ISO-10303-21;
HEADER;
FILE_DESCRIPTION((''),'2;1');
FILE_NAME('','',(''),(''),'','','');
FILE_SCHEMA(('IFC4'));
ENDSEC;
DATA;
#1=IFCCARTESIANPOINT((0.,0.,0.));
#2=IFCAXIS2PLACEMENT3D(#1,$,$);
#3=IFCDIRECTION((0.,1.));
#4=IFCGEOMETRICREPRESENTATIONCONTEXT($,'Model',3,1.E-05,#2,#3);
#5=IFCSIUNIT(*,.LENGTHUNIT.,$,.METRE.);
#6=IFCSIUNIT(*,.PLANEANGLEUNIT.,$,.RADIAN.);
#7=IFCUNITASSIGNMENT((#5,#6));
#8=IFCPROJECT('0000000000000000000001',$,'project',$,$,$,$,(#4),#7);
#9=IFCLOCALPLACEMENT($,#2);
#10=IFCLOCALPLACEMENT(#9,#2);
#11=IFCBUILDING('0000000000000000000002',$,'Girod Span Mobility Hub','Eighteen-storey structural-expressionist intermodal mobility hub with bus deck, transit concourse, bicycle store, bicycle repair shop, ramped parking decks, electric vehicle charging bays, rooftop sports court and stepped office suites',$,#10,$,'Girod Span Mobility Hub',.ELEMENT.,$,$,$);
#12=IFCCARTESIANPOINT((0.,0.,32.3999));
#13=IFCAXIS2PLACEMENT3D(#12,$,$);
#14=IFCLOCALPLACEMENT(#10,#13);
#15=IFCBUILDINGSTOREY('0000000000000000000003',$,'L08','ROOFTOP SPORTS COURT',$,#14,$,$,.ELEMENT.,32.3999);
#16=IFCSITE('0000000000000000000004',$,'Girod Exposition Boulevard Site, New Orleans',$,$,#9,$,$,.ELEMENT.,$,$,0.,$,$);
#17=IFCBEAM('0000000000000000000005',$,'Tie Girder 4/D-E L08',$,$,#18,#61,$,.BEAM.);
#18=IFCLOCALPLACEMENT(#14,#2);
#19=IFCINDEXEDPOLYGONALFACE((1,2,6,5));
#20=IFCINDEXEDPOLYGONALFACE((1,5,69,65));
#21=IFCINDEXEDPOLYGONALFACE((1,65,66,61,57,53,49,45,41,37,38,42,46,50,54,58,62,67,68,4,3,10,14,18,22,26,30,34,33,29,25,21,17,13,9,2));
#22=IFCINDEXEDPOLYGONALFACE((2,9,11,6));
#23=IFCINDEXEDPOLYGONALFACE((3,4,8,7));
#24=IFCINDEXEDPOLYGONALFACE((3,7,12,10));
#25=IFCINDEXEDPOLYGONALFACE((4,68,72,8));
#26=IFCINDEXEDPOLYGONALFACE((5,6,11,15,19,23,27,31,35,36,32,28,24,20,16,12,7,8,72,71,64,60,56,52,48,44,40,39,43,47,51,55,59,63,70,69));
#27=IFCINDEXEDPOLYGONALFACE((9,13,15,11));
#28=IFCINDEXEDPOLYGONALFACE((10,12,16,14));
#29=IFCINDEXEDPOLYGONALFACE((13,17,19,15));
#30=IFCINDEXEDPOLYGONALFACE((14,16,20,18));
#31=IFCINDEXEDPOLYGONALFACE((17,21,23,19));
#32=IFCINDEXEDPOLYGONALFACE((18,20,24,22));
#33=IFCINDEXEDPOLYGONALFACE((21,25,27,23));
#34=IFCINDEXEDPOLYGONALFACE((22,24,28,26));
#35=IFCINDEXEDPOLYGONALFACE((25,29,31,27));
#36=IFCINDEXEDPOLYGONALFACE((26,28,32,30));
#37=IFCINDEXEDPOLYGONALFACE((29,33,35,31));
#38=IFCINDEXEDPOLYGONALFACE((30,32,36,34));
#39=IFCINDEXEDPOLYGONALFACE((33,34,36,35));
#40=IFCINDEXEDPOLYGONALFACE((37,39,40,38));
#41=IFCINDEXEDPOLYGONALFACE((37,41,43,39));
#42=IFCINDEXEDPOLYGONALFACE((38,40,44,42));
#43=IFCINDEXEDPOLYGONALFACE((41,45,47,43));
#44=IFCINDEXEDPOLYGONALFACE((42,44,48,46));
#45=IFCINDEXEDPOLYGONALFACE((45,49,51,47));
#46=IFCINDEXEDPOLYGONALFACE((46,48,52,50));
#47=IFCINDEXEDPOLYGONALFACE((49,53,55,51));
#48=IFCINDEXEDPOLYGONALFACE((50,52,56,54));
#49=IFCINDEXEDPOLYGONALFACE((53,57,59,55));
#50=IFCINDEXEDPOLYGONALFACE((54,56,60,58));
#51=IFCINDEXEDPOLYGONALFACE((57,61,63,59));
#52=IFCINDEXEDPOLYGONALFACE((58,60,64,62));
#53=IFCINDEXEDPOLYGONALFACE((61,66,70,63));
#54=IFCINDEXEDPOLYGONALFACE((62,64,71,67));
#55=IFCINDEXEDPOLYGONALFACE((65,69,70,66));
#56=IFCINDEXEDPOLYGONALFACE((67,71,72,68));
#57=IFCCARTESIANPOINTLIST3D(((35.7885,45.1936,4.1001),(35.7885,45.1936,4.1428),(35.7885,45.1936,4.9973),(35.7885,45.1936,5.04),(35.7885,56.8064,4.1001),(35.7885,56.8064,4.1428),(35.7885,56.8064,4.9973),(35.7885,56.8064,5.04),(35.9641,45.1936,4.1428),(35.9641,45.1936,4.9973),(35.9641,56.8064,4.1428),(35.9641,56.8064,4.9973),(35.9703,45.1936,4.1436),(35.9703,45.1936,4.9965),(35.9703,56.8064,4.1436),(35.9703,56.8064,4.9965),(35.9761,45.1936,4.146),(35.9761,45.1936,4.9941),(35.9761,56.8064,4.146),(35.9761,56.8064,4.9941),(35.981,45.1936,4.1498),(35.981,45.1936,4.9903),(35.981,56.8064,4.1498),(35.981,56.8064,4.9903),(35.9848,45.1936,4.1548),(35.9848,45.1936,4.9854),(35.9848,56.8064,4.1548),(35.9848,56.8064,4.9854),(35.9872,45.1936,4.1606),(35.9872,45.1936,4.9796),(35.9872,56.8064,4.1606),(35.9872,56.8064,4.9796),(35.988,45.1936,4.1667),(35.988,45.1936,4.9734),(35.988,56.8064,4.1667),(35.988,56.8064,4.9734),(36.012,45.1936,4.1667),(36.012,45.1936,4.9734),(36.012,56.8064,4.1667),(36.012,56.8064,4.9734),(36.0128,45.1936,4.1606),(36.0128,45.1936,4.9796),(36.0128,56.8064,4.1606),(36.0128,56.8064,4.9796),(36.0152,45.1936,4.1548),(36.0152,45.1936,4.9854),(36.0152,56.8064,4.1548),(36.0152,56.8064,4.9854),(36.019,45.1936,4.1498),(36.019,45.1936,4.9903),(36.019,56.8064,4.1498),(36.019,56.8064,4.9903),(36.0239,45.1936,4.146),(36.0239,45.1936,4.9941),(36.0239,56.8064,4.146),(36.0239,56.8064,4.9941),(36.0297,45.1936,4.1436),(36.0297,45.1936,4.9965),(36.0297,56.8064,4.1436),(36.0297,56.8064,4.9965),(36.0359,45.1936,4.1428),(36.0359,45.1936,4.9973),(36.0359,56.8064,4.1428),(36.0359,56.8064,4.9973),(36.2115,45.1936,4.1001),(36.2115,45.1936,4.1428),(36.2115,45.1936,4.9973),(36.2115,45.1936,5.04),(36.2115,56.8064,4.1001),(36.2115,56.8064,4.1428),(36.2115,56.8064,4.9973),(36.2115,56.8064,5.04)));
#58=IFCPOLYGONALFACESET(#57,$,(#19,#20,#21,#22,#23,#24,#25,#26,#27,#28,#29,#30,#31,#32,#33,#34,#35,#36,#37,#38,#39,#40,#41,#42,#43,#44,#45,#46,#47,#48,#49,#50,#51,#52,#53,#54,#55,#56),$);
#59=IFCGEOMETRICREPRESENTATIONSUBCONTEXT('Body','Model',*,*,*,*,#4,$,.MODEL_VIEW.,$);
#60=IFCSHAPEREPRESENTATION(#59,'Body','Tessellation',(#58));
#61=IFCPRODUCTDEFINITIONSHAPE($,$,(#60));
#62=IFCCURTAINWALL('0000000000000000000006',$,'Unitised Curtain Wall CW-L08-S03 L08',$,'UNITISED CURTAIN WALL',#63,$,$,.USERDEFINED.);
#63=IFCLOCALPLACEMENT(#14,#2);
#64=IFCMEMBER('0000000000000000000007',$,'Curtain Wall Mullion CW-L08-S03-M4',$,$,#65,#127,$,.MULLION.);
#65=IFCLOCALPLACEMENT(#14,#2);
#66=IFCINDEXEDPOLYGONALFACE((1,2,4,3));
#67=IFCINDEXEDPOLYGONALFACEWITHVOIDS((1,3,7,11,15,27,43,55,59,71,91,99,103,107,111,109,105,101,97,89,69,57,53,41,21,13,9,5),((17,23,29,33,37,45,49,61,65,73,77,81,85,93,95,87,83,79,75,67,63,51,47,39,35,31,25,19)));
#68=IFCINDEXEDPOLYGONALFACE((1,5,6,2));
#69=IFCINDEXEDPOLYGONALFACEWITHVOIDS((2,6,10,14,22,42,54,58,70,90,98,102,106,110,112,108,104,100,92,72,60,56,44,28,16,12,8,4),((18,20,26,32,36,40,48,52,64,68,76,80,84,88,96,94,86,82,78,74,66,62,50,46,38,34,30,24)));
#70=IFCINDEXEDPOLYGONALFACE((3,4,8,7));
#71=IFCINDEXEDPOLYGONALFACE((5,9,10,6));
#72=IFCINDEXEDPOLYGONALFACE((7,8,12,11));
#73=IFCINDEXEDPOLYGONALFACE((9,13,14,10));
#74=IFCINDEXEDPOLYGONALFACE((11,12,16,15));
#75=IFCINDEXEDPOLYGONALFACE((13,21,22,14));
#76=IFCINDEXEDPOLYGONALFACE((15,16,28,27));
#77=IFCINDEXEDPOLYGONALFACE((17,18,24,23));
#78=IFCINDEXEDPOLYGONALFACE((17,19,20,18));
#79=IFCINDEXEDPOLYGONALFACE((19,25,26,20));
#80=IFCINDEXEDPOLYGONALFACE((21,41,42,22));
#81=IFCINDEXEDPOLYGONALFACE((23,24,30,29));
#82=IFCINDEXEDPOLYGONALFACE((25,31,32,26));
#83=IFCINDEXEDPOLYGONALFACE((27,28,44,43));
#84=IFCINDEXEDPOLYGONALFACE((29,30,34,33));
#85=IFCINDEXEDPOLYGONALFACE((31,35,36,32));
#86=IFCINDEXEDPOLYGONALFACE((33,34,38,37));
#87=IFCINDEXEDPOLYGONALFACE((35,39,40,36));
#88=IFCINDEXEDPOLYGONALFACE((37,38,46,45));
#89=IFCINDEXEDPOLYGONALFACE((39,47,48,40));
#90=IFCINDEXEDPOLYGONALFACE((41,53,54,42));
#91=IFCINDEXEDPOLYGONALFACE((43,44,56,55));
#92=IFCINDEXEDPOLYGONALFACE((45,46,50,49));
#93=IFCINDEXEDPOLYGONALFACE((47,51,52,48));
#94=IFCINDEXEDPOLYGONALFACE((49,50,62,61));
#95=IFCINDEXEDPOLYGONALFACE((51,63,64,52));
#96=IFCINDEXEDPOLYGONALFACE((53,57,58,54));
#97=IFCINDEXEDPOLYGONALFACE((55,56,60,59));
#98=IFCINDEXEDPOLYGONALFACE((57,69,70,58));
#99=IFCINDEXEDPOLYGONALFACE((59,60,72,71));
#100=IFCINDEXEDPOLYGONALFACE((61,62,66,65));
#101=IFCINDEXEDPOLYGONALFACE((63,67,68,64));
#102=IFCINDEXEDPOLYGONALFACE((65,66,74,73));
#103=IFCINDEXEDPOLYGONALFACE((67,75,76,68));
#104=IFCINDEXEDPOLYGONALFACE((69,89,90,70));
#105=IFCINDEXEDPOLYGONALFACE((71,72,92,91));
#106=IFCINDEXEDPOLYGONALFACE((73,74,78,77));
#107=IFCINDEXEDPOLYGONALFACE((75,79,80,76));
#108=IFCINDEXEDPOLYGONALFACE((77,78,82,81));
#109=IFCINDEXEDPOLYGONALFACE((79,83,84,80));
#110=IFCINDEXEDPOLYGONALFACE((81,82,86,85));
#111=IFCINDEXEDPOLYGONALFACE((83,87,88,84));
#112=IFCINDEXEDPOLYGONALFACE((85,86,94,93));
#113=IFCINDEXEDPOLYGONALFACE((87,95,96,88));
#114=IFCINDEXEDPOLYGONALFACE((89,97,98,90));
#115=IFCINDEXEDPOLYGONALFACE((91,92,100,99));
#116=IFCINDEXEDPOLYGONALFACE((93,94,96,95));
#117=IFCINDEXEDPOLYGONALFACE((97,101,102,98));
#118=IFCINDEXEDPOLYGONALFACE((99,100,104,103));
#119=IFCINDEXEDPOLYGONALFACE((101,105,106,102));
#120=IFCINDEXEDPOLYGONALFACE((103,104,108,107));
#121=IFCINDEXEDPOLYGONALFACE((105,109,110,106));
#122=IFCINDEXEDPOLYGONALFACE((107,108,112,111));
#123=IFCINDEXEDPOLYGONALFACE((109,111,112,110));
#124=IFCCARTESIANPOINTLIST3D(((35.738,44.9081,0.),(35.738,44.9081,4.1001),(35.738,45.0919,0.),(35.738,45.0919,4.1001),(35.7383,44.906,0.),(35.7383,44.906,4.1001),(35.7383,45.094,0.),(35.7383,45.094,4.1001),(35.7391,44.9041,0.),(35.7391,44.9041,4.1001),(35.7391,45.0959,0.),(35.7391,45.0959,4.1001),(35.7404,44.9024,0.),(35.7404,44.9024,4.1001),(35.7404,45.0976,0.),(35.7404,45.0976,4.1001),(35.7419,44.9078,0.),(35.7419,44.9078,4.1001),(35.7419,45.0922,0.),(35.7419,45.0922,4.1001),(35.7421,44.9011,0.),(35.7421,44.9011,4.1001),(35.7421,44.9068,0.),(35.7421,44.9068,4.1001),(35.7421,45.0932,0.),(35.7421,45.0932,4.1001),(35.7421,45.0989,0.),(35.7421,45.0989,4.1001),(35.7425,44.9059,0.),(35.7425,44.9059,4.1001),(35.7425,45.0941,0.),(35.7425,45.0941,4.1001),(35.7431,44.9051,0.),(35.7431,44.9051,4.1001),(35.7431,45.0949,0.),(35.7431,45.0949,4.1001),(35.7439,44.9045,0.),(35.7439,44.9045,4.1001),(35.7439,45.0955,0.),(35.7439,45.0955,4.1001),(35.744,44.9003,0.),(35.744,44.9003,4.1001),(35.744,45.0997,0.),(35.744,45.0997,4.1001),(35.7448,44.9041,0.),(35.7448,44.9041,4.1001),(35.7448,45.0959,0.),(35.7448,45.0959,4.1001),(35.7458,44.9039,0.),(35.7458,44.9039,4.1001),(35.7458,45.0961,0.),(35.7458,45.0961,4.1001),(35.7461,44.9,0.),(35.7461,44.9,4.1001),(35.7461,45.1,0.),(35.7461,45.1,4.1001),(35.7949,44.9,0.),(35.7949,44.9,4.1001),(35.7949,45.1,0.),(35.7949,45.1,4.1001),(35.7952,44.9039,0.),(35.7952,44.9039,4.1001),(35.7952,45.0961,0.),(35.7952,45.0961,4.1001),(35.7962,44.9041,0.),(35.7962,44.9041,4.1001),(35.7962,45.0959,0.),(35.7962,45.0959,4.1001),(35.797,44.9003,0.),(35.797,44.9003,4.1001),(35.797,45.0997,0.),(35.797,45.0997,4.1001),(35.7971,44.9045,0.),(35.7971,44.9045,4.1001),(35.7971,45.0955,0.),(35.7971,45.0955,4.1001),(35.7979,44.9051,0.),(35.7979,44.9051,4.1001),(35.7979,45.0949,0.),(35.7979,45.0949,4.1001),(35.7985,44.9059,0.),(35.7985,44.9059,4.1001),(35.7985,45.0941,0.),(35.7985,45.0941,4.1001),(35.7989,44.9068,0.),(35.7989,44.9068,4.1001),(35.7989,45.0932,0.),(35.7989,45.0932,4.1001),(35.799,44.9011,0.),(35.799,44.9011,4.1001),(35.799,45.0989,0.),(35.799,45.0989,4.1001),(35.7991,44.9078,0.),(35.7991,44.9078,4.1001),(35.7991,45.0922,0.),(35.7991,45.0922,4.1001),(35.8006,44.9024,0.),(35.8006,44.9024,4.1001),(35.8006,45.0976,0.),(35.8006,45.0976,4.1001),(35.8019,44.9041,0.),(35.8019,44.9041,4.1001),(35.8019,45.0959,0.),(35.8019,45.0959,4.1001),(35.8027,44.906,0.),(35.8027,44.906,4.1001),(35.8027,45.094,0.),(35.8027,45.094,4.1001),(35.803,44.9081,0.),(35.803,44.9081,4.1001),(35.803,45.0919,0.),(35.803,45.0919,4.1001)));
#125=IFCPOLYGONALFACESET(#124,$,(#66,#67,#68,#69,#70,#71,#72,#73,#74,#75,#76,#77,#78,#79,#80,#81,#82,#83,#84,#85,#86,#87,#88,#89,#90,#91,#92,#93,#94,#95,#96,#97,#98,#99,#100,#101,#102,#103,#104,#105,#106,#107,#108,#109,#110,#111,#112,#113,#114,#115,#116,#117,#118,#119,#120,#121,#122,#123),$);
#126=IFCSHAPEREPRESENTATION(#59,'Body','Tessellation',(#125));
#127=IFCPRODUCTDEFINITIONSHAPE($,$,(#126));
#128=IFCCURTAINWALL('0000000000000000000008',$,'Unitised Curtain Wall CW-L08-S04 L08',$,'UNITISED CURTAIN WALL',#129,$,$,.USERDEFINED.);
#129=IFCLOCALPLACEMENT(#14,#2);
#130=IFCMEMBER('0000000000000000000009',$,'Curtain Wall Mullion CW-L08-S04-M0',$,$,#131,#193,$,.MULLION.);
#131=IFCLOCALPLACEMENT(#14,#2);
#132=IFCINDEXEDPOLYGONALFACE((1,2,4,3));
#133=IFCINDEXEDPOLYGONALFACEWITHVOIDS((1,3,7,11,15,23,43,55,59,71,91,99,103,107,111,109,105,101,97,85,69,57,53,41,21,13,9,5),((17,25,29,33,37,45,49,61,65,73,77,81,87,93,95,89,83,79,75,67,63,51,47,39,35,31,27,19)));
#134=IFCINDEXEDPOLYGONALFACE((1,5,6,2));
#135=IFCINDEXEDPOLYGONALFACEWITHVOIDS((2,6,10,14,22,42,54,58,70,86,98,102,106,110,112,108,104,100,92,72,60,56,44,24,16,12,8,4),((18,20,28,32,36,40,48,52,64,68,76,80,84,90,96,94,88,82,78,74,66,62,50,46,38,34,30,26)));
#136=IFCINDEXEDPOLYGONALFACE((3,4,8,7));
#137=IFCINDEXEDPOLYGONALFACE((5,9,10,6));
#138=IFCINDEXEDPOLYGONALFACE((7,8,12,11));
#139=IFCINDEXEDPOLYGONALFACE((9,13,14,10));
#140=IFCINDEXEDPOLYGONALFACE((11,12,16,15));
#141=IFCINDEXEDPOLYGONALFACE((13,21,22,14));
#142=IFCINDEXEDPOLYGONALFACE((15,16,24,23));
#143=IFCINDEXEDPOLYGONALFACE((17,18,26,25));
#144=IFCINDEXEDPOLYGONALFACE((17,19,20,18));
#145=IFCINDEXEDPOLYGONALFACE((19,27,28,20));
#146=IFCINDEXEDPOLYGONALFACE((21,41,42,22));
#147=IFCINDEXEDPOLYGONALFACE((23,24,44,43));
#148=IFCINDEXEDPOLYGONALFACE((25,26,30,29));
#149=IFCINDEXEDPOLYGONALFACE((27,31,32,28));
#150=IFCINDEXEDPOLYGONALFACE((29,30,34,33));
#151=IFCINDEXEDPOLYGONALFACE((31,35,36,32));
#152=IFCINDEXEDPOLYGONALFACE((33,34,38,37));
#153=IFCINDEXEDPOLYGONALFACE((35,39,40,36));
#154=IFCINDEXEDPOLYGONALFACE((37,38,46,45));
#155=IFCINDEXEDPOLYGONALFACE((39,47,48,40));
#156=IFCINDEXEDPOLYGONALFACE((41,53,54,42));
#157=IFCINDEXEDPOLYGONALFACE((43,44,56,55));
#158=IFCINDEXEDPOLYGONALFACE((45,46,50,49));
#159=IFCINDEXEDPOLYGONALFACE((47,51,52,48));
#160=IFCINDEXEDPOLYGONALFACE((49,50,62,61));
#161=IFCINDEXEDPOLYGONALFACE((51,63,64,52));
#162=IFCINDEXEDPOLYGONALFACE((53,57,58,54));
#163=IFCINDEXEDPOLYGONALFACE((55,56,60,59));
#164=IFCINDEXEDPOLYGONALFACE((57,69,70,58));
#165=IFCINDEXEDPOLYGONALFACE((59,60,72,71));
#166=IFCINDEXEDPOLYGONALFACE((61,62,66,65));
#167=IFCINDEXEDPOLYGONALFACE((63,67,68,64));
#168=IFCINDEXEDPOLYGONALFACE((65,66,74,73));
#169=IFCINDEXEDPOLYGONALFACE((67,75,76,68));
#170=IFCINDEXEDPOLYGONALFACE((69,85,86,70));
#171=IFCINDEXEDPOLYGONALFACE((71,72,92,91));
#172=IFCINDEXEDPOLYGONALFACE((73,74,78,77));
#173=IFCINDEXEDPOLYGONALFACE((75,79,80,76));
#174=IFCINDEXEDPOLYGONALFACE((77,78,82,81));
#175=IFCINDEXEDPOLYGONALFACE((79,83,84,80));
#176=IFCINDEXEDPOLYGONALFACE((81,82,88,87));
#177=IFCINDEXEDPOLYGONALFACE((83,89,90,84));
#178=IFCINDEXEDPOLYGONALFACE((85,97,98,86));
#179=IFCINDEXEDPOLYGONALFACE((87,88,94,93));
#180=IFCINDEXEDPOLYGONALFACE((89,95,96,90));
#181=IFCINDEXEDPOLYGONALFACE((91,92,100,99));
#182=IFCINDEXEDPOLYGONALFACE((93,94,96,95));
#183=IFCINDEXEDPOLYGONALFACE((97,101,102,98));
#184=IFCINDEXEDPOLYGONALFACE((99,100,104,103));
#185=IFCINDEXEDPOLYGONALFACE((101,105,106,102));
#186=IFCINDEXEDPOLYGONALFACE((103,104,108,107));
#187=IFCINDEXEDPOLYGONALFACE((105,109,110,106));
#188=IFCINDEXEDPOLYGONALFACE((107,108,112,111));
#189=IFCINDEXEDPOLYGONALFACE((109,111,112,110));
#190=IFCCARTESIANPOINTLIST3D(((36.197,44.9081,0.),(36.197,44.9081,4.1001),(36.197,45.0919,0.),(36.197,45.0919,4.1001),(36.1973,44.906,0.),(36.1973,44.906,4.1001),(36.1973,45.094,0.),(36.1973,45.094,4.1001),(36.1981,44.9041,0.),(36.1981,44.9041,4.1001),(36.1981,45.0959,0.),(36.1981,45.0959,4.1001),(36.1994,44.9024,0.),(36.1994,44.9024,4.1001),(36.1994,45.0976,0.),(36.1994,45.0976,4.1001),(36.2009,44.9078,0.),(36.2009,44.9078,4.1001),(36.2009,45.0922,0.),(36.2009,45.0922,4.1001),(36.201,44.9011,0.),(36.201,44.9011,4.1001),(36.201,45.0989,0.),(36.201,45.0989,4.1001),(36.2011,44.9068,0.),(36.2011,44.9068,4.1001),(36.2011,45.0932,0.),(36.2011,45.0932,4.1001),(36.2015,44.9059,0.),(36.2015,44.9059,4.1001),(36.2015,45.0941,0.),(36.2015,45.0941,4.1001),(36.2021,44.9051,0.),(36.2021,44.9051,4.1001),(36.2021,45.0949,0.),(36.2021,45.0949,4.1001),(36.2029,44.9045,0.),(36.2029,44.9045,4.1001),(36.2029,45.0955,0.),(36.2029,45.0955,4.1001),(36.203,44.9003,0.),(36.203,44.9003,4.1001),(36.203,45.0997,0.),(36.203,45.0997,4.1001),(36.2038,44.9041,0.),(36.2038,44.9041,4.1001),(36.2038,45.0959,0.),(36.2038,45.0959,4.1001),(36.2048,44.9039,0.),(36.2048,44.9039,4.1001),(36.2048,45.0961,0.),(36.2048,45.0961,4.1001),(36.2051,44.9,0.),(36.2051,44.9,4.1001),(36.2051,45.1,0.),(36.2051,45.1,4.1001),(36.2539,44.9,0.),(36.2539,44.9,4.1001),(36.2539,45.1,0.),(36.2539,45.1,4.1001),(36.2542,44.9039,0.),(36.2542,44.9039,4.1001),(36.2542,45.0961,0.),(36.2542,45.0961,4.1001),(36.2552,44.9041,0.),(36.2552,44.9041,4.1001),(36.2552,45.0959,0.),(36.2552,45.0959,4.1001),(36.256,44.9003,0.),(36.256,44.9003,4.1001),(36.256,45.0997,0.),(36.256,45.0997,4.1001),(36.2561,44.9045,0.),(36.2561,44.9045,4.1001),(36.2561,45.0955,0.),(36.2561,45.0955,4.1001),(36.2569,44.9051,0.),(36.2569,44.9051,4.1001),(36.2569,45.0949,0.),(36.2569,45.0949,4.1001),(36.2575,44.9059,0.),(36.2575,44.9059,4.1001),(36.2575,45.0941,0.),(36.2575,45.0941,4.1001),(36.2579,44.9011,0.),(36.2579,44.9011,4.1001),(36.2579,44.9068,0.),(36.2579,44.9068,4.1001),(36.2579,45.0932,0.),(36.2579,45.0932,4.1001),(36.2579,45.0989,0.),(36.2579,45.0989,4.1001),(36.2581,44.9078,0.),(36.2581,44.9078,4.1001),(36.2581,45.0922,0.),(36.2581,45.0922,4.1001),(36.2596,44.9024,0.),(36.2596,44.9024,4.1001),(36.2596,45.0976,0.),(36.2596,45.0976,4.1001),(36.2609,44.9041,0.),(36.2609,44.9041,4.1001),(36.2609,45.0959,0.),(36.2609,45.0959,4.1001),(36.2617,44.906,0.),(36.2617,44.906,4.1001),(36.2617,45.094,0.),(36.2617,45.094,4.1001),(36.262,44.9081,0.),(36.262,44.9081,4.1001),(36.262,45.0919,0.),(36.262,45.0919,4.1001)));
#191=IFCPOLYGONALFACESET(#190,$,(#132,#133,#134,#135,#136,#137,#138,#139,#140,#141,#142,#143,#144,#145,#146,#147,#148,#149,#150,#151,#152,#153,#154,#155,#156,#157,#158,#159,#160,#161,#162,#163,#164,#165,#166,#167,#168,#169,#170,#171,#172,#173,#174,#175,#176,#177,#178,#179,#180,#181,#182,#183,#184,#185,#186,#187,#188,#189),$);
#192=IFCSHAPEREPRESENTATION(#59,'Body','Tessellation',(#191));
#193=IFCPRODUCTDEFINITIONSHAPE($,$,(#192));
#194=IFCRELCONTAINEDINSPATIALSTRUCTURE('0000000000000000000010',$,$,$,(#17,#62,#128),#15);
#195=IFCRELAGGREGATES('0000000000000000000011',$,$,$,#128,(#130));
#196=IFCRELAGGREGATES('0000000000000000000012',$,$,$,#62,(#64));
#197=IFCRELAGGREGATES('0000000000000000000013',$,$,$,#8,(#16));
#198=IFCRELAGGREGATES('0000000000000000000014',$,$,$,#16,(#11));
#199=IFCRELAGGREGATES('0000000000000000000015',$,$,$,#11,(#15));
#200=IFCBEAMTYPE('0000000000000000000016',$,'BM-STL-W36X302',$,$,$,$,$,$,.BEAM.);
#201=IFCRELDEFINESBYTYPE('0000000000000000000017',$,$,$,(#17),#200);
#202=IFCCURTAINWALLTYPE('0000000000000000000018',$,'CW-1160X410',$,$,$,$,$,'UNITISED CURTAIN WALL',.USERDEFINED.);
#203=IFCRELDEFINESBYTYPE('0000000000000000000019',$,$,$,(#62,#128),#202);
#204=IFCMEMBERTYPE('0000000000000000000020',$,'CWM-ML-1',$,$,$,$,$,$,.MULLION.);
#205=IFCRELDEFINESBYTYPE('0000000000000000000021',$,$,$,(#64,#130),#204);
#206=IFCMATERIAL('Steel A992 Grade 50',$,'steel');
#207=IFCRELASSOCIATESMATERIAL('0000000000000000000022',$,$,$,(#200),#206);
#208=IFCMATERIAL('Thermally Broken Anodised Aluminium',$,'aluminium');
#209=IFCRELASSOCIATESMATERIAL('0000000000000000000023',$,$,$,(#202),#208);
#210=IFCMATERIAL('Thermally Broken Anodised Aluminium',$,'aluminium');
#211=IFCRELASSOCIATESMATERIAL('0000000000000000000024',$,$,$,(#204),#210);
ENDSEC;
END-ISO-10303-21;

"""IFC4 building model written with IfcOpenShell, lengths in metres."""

from ifc_helpers import new_model, si_unit, direction, frame, origin, origin_2d, place, context, subcontext, project, spatial, hollow_rectangle, i_section, extrude, material, material_profile, profile_set, type_object, element, aggregate, save


model = new_model("IFC4")

# Units and contexts
model_context = context("Model", 3, precision=1e-05, world=origin(), true_north=direction((0.0, 1.0)))
body_context = subcontext(model_context, "Body", "Model", "MODEL_VIEW")
ifc_project = project(units=[si_unit("LENGTHUNIT", "METRE"), si_unit("PLANEANGLEUNIT", "RADIAN")], contexts=[model_context])

# Site, building, storey
site_placement = place(None, origin())
site = spatial("IfcSite", under=ifc_project, at=site_placement, Name="Girod Exposition Boulevard Site, New Orleans", CompositionType="ELEMENT", RefElevation=0.0)
building_placement = place(site_placement, origin())
building = spatial("IfcBuilding", under=site, at=building_placement, Name="Girod Span Mobility Hub", Description="Eighteen-storey structural-expressionist intermodal mobility hub with bus deck, transit concourse, bicycle store, bicycle repair shop, ramped parking decks, electric vehicle charging bays, rooftop sports court and stepped office suites", LongName="Girod Span Mobility Hub", CompositionType="ELEMENT")
storey_placement = place(building_placement, frame((0.0, 0.0, 32.3999)))
storey = spatial("IfcBuildingStorey", under=building, at=storey_placement, Name="L08", Description="ROOFTOP SPORTS COURT", CompositionType="ELEMENT", Elevation=32.3999)

# Beam
ifc_material_1 = material(Name="Steel A992 Grade 50", Category="steel")
ifc_material_profile_1 = material_profile(ifc_material_1, i_section(OverallWidth=0.4231, OverallDepth=0.9399, WebThickness=0.0239, FlangeThickness=0.0427, FilletRadius=0.0239, at=origin_2d()), Name="W36X302")
ifc_profile_set_1 = profile_set([ifc_material_profile_1], Name="Steel A992 Grade 50")
beam_type_1 = type_object("IfcBeamType", Name="BM-STL-W36X302", PredefinedType="BEAM", material=ifc_profile_set_1)
beam_1_placement = place(storey_placement, frame((36.0, 45.1936, 4.5701), z_axis=(0.0, 1.0, 0.0), x_axis=(-1.0, 0.0, 0.0)))
element("IfcBeam", 1, at=beam_1_placement, inside=storey, type_object=beam_type_1, Name="Tie Girder 4/D-E L08", PredefinedType="BEAM", context=body_context, shape_type="SweptSolid", body=[
    extrude(i_section(OverallWidth=0.4231, OverallDepth=0.9399, WebThickness=0.0239, FlangeThickness=0.0427, FilletRadius=0.0239, at=origin_2d()), origin(), (0.0, 0.0, 1.0), 11.6128),
])

# Curtain wall, member
ifc_material_2 = material(Name="Thermally Broken Anodised Aluminium", Category="aluminium")
curtain_wall_type = type_object("IfcCurtainWallType", Name="CW-1160X410", ElementType="UNITISED CURTAIN WALL", PredefinedType="USERDEFINED", material=ifc_material_2)
curtain_wall_1_placement = place(storey_placement, origin())
curtain_wall_1 = element("IfcCurtainWall", 2, at=curtain_wall_1_placement, inside=storey, type_object=curtain_wall_type, Name="Unitised Curtain Wall CW-L08-S03 L08", ObjectType="UNITISED CURTAIN WALL", PredefinedType="USERDEFINED")
ifc_material_3 = material(Name="Thermally Broken Anodised Aluminium", Category="aluminium")
ifc_material_profile_2 = material_profile(ifc_material_3, hollow_rectangle(XDim=0.2, YDim=0.0649, WallThickness=0.0039, InnerFilletRadius=0.0039, OuterFilletRadius=0.0081, at=origin_2d()), Name="CW-ML-65X200")
ifc_profile_set_2 = profile_set([ifc_material_profile_2], Name="Thermally Broken Anodised Aluminium")
member_type_1 = type_object("IfcMemberType", Name="CWM-ML-1", PredefinedType="MULLION", material=ifc_profile_set_2)
member_1_placement = place(storey_placement, frame((35.7705, 45.0, 0.0), z_axis=(0.0, 0.0, 1.0), x_axis=(0.0, 1.0, 0.0)))
member_1 = element("IfcMember", 3, at=member_1_placement, type_object=member_type_1, Name="Curtain Wall Mullion CW-L08-S03-M4", PredefinedType="MULLION", context=body_context, shape_type="SweptSolid", body=[
    extrude(hollow_rectangle(XDim=0.2, YDim=0.0649, WallThickness=0.0039, InnerFilletRadius=0.0039, OuterFilletRadius=0.0081, at=origin_2d()), origin(), (0.0, 0.0, 1.0), 4.1001),
])

# Curtain wall, member
curtain_wall_2_placement = place(storey_placement, origin())
curtain_wall_2 = element("IfcCurtainWall", 4, at=curtain_wall_2_placement, inside=storey, type_object=curtain_wall_type, Name="Unitised Curtain Wall CW-L08-S04 L08", ObjectType="UNITISED CURTAIN WALL", PredefinedType="USERDEFINED")
member_2_placement = place(storey_placement, frame((36.2295, 45.0, 0.0), z_axis=(0.0, 0.0, 1.0), x_axis=(0.0, 1.0, 0.0)))
member_2 = element("IfcMember", 5, at=member_2_placement, type_object=member_type_1, Name="Curtain Wall Mullion CW-L08-S04-M0", PredefinedType="MULLION", context=body_context, shape_type="SweptSolid", body=[
    extrude(hollow_rectangle(XDim=0.2, YDim=0.0649, WallThickness=0.0039, InnerFilletRadius=0.0039, OuterFilletRadius=0.0081, at=origin_2d()), origin(), (0.0, 0.0, 1.0), 4.1001),
])

aggregate(curtain_wall_2, [member_2])
aggregate(curtain_wall_1, [member_1])

save(model, "model.ifc")
